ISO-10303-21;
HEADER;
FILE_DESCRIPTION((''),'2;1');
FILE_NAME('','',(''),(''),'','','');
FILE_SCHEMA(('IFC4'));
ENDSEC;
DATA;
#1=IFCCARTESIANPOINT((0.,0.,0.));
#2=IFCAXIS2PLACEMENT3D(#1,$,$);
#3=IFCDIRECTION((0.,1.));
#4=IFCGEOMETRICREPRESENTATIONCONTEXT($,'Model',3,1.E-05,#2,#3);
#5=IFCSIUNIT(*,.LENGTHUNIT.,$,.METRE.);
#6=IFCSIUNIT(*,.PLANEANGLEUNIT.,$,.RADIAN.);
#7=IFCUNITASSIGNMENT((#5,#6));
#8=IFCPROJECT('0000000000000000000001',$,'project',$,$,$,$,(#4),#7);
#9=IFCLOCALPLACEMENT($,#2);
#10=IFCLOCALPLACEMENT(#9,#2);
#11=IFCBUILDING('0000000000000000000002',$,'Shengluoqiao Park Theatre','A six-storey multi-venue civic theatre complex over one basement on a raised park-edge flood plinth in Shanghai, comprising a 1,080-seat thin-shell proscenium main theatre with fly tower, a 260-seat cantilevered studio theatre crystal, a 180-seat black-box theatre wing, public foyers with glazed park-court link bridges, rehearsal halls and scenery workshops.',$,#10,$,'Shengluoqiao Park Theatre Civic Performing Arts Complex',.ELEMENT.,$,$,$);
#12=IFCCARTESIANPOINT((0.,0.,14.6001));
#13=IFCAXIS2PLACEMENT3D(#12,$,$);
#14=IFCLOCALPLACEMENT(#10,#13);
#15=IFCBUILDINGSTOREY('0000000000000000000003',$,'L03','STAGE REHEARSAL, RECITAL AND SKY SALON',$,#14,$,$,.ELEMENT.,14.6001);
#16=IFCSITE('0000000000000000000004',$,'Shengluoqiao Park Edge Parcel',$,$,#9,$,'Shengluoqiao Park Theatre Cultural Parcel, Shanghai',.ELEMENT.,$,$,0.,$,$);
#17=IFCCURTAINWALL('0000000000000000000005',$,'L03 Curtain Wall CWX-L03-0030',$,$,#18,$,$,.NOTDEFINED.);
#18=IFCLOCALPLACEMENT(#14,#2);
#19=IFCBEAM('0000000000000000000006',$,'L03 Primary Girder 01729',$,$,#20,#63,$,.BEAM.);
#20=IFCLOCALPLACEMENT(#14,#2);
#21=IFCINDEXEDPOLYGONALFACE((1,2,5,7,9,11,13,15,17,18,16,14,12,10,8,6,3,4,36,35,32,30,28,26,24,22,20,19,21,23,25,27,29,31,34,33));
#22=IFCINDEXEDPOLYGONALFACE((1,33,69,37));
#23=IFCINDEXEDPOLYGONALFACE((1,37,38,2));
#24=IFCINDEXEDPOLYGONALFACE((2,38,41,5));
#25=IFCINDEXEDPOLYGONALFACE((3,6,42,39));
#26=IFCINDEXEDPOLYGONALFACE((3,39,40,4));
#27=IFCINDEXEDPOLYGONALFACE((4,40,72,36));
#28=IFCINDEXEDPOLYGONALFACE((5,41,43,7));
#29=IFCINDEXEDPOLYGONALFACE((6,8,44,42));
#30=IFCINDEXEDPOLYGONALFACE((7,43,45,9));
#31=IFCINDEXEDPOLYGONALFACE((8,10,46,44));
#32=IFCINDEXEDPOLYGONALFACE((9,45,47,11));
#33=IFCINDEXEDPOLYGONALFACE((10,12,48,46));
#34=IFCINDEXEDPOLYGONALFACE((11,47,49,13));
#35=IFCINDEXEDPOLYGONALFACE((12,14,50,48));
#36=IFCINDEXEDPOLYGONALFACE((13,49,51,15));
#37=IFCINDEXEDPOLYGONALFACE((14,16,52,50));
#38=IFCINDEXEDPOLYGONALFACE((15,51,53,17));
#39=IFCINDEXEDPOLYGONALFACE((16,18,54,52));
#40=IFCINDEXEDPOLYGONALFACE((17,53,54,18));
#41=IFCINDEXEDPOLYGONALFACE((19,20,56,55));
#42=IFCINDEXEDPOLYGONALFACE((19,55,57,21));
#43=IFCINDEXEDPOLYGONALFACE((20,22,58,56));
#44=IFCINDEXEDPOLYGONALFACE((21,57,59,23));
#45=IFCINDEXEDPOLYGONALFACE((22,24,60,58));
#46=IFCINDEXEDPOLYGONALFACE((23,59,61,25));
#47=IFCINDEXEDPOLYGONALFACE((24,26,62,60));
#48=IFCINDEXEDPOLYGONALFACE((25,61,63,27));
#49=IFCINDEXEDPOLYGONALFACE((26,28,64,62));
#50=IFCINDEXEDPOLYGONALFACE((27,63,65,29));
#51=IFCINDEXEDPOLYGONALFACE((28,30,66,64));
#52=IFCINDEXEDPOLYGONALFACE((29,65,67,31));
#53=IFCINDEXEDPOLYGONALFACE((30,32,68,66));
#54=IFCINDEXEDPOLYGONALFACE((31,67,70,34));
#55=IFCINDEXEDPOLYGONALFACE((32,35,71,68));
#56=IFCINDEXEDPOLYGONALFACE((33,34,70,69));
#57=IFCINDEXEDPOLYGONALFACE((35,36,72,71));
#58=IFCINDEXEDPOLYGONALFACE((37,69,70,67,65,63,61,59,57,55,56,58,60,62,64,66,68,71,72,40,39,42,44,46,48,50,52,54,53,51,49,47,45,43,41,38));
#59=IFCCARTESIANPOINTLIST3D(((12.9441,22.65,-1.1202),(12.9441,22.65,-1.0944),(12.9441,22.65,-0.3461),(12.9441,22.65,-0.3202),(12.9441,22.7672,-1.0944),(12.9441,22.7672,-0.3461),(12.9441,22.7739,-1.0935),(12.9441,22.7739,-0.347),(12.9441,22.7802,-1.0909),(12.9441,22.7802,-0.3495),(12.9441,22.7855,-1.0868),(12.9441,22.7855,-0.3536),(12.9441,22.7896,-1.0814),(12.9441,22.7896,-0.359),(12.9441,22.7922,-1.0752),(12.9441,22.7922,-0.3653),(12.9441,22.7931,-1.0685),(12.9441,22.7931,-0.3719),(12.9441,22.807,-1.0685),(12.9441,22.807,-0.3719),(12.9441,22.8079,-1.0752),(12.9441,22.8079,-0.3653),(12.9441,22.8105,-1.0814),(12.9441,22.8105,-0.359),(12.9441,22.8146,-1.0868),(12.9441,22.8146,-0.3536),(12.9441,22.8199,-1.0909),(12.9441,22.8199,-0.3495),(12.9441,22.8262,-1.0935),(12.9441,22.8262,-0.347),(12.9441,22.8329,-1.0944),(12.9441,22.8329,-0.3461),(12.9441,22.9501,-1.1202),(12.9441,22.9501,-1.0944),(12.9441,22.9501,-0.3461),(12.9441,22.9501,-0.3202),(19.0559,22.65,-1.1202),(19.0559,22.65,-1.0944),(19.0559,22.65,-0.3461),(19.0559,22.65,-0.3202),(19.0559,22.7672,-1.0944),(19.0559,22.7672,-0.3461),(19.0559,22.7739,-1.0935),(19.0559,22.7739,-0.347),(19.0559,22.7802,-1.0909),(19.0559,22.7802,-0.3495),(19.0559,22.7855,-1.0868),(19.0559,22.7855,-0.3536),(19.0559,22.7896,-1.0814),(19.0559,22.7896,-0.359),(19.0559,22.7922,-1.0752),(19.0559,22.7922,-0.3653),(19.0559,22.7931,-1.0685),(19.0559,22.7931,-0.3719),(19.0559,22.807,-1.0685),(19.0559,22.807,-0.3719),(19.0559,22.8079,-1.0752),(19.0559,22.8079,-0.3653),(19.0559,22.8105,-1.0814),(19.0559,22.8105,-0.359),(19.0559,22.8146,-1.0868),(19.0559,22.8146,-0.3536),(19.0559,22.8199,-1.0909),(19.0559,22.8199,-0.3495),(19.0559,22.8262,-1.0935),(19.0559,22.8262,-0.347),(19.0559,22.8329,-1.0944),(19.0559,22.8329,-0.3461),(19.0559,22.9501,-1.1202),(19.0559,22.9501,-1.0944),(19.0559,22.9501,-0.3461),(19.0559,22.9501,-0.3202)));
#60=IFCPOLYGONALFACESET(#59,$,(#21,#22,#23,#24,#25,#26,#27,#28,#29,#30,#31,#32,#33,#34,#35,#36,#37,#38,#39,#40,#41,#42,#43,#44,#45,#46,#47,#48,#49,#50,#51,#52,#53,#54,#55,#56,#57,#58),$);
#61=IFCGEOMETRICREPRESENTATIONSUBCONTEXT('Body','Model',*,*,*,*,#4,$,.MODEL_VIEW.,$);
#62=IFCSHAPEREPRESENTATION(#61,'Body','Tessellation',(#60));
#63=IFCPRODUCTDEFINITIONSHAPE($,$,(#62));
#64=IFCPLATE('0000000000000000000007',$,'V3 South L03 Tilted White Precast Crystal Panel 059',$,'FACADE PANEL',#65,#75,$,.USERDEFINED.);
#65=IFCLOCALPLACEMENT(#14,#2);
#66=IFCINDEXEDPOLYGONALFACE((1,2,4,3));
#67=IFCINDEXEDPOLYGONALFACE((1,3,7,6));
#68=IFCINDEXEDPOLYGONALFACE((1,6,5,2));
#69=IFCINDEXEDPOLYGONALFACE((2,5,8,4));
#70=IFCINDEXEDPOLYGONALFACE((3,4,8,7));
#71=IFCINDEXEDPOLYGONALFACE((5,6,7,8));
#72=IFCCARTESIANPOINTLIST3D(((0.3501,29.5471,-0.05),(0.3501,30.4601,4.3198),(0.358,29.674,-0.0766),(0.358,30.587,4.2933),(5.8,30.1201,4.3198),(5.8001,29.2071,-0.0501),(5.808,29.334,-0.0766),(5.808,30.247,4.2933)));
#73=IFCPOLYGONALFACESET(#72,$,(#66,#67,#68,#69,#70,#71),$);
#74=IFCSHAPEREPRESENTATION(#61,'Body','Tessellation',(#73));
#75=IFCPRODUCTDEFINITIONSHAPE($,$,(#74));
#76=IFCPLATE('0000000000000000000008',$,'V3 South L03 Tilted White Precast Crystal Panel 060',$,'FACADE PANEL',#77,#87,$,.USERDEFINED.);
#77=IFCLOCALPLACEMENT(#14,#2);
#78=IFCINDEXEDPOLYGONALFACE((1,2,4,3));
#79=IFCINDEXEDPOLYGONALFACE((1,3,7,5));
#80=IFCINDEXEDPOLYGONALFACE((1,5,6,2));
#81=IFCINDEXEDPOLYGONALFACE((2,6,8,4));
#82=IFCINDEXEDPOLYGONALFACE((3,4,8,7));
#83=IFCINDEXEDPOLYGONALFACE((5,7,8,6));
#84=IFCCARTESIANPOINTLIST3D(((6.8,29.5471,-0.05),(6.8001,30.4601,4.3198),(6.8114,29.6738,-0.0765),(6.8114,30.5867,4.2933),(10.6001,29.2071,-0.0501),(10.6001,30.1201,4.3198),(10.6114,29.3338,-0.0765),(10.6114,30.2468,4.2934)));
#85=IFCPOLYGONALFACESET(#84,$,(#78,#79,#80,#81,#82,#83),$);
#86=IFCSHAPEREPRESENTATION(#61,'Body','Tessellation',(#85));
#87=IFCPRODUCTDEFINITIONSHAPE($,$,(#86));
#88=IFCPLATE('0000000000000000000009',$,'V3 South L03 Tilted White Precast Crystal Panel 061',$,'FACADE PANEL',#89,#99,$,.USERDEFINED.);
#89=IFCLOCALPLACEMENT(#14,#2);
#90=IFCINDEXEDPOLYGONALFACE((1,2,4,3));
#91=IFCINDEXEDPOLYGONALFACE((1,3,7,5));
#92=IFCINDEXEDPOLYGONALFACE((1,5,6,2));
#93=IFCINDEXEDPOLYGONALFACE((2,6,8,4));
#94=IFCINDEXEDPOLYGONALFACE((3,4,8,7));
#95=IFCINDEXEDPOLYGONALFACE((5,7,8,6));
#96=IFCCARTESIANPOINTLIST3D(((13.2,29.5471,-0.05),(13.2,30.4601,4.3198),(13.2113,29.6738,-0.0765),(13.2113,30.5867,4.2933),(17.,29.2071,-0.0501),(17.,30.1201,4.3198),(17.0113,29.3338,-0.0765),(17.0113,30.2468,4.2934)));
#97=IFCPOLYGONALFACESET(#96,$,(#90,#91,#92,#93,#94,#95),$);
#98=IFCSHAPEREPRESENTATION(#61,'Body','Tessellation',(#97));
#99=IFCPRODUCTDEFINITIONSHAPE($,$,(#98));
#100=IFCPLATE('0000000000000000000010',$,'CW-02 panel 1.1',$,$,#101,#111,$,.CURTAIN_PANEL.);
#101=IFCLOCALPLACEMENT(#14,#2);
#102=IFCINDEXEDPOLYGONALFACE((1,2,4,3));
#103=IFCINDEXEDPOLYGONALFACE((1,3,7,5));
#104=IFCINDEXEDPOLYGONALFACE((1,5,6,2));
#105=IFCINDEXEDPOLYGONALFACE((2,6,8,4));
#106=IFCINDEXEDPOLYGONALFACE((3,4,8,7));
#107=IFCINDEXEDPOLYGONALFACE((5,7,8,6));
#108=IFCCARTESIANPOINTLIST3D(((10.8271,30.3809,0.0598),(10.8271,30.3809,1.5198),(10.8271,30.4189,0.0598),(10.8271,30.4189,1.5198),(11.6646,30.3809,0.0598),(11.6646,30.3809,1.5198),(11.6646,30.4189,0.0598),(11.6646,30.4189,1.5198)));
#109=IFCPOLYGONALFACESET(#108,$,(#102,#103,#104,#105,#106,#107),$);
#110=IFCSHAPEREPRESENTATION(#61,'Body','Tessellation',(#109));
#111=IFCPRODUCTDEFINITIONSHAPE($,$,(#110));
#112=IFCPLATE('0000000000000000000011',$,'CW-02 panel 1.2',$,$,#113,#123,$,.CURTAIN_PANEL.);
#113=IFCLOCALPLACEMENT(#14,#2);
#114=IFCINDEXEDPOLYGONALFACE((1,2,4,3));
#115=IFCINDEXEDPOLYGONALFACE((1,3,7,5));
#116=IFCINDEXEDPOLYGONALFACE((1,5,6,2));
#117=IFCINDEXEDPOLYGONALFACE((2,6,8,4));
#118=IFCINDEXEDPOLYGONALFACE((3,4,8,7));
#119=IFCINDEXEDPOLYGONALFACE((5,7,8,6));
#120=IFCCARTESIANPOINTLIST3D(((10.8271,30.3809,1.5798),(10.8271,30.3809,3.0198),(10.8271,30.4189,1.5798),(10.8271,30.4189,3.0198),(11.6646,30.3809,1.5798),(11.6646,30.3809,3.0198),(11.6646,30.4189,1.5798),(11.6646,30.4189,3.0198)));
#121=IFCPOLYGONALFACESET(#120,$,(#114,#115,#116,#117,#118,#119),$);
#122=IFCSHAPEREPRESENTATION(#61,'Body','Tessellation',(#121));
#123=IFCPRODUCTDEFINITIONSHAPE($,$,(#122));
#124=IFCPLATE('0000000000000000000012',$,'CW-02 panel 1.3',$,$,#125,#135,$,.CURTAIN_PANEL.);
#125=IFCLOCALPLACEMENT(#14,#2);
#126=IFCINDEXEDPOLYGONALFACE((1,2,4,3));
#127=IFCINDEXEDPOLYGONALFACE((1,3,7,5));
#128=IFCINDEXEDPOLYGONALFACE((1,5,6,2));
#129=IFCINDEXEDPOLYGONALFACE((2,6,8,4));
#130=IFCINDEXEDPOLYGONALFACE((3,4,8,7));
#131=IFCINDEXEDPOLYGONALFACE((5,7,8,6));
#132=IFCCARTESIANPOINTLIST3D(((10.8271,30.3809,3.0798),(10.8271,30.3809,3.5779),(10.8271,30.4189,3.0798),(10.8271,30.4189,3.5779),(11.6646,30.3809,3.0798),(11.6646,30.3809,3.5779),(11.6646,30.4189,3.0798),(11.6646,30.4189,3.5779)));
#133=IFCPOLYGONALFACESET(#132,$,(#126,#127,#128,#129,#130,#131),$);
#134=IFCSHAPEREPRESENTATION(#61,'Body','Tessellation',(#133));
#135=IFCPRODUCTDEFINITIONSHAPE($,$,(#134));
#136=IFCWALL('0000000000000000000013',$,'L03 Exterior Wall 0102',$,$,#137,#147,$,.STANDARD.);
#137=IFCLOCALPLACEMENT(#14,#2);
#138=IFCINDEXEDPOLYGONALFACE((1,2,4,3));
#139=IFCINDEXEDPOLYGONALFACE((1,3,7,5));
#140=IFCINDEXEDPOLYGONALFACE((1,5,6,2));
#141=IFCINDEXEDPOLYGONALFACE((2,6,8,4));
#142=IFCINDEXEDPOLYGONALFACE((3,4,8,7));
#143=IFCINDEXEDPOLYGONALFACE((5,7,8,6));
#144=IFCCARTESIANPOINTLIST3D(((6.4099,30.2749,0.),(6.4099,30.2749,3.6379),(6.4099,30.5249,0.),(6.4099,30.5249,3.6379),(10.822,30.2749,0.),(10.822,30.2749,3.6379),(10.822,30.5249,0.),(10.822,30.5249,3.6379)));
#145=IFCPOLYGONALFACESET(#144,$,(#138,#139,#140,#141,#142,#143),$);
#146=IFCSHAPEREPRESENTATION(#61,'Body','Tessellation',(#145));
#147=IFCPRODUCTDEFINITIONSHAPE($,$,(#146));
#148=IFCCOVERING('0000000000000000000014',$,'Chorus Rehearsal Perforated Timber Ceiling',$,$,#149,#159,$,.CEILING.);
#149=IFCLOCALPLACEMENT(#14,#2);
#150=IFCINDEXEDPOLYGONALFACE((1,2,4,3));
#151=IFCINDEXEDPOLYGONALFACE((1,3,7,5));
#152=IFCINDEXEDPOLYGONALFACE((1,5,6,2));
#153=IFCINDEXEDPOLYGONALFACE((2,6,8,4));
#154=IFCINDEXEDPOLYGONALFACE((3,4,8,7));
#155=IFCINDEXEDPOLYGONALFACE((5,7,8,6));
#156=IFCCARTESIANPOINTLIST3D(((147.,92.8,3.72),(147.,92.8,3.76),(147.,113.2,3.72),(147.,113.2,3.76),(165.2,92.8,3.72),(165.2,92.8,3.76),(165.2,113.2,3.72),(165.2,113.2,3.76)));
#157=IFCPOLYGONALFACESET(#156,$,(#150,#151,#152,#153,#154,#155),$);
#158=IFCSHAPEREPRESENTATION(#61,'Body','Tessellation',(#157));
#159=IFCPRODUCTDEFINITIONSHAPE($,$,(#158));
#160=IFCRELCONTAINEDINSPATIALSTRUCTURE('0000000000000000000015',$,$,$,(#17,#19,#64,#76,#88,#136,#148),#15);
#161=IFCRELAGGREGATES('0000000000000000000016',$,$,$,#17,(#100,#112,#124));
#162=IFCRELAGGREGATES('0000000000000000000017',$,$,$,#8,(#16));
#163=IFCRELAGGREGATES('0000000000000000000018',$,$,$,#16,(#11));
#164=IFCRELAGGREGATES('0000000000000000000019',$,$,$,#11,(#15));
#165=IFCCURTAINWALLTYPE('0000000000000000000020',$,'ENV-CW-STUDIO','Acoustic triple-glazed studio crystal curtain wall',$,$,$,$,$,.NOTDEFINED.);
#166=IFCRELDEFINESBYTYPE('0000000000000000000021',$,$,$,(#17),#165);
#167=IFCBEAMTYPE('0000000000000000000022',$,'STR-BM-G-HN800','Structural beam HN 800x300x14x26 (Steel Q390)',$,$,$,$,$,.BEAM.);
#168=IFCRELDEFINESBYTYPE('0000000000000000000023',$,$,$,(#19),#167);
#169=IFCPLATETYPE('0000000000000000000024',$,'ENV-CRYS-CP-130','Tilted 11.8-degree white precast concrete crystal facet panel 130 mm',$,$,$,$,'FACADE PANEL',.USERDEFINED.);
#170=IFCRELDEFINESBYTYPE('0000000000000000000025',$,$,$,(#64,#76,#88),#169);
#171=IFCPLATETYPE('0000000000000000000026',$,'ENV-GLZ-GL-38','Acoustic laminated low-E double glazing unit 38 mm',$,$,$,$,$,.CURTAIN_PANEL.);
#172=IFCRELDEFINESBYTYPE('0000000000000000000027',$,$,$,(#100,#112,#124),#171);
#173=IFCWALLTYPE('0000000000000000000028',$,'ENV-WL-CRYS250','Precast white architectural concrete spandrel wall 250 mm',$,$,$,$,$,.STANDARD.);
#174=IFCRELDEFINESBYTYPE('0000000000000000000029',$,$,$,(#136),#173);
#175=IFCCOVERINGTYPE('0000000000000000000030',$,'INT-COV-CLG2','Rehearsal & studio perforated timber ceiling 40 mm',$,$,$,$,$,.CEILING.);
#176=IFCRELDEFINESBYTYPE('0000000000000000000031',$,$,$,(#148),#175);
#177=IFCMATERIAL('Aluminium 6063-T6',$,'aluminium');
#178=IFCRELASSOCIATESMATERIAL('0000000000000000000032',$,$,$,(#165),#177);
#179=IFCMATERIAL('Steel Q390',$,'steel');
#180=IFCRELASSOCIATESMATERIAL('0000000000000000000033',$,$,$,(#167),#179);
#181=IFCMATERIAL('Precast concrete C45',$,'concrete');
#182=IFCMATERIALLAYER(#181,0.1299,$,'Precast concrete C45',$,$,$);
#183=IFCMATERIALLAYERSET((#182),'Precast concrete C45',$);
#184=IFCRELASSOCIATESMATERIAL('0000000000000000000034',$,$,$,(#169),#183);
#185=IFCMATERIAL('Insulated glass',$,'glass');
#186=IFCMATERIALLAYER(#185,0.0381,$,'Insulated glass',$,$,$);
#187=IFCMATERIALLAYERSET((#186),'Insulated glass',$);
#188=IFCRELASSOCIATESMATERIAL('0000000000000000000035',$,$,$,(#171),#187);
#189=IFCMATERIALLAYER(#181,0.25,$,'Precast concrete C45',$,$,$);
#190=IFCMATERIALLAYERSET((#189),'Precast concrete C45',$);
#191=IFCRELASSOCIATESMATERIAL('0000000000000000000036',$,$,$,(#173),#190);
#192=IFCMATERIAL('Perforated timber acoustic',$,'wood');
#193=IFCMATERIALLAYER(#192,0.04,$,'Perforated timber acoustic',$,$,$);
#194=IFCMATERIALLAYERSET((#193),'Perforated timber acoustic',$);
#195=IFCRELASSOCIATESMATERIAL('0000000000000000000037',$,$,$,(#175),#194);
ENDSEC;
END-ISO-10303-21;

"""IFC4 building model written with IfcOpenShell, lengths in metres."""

from ifc_helpers import new_model, si_unit, direction, frame, frame_2d, origin, origin_2d, place, context, subcontext, project, spatial, polyline, rectangle, i_section, outline, extrude, material, layer, layer_set, material_profile, profile_set, type_object, element, aggregate, save


model = new_model("IFC4")

# Units and contexts
model_context = context("Model", 3, precision=1e-05, world=origin(), true_north=direction((0.0, 1.0)))
body_context = subcontext(model_context, "Body", "Model", "MODEL_VIEW")
ifc_project = project(units=[si_unit("LENGTHUNIT", "METRE"), si_unit("PLANEANGLEUNIT", "RADIAN")], contexts=[model_context])

# Site, building, storey
site_placement = place(None, origin())
site = spatial("IfcSite", under=ifc_project, at=site_placement, Name="Shengluoqiao Park Edge Parcel", LongName="Shengluoqiao Park Theatre Cultural Parcel, Shanghai", CompositionType="ELEMENT", RefElevation=0.0)
building_placement = place(site_placement, origin())
building = spatial("IfcBuilding", under=site, at=building_placement, Name="Shengluoqiao Park Theatre", Description="A six-storey multi-venue civic theatre complex over one basement on a raised park-edge flood plinth in Shanghai, comprising a 1,080-seat thin-shell proscenium main theatre with fly tower, a 260-seat cantilevered studio theatre crystal, a 180-seat black-box theatre wing, public foyers with glazed park-court link bridges, rehearsal halls and scenery workshops.", LongName="Shengluoqiao Park Theatre Civic Performing Arts Complex", CompositionType="ELEMENT")
storey_placement = place(building_placement, frame((0.0, 0.0, 14.6001)))
storey = spatial("IfcBuildingStorey", under=building, at=storey_placement, Name="L03", Description="STAGE REHEARSAL, RECITAL AND SKY SALON", CompositionType="ELEMENT", Elevation=14.6001)

# Curtain wall
ifc_material_1 = material(Name="Aluminium 6063-T6", Category="aluminium")
curtain_wall_type = type_object("IfcCurtainWallType", Name="ENV-CW-STUDIO", Description="Acoustic triple-glazed studio crystal curtain wall", PredefinedType="NOTDEFINED", material=ifc_material_1)
curtain_wall_placement = place(storey_placement, origin())
curtain_wall = element("IfcCurtainWall", 1, at=curtain_wall_placement, inside=storey, type_object=curtain_wall_type, Name="L03 Curtain Wall CWX-L03-0030", PredefinedType="NOTDEFINED")

# Beam
ifc_material_2 = material(Name="Steel Q390", Category="steel")
ifc_material_profile_1 = material_profile(ifc_material_2, i_section(OverallWidth=0.3, OverallDepth=0.8, WebThickness=0.0139, FlangeThickness=0.0259, FilletRadius=0.0259, at=origin_2d()), Name="HN 800x300x14x26")
ifc_profile_set_1 = profile_set([ifc_material_profile_1], Name="Steel Q390")
beam_type_1 = type_object("IfcBeamType", Name="STR-BM-G-HN800", Description="Structural beam HN 800x300x14x26 (Steel Q390)", PredefinedType="BEAM", material=ifc_profile_set_1)
beam_1_placement = place(storey_placement, frame((12.9441, 22.8, -0.7202), z_axis=(1.0, 0.0, 0.0), x_axis=(0.0, 1.0, 0.0)))
element("IfcBeam", 2, at=beam_1_placement, inside=storey, type_object=beam_type_1, Name="L03 Primary Girder 01729", PredefinedType="BEAM", context=body_context, shape_type="SweptSolid", body=[
    extrude(i_section(OverallWidth=0.3, OverallDepth=0.8, WebThickness=0.0139, FlangeThickness=0.0259, FilletRadius=0.0259, at=origin_2d()), origin(), (0.0, 0.0, 1.0), 6.1118),
])

# Plates
ifc_material_3 = material(Name="Precast concrete C45", Category="concrete")
ifc_layer_1 = layer(ifc_material_3, 0.1299, Name="Precast concrete C45")
ifc_layer_set_1 = layer_set([ifc_layer_1], Name="Precast concrete C45")
plate_type_1 = type_object("IfcPlateType", Name="ENV-CRYS-CP-130", Description="Tilted 11.8-degree white precast concrete crystal facet panel 130 mm", ElementType="FACADE PANEL", PredefinedType="USERDEFINED", material=ifc_layer_set_1)
plate_1_placement = place(storey_placement, frame((0.3501, 29.5471, -0.05), z_axis=(-0.060948, -0.977045, 0.204127), x_axis=(0.99806, -0.06226, -0.000004)))
element("IfcPlate", 3, at=plate_1_placement, inside=storey, type_object=plate_type_1, Name="V3 South L03 Tilted White Precast Crystal Panel 059", ObjectType="FACADE PANEL", PredefinedType="USERDEFINED", context=body_context, shape_type="SweptSolid", body=[
    extrude(outline(polyline([(0.0, 0.0), (5.4606, 0.0), (5.4037, 4.4639), (-0.0569, 4.4638), (0.0, 0.0)])), origin(), (0.0, 0.0, -1.0), 0.1299),
])
for number, where, z_axis, x_axis, name in (
    (4, (6.8, 29.5471, -0.05), (-0.087239, -0.975133, 0.203727), (0.996022, -0.089109, -0.000006), "V3 South L03 Tilted White Precast Crystal Panel 060"),
    (5, (13.2, 29.5471, -0.05), (-0.087239, -0.975133, 0.203727), (0.996022, -0.089109, -0.000006), "V3 South L03 Tilted White Precast Crystal Panel 061"),
):
    element("IfcPlate", number, at=place(storey_placement, frame(where, z_axis=z_axis, x_axis=x_axis)), inside=storey, type_object=plate_type_1, Name=name, ObjectType="FACADE PANEL", PredefinedType="USERDEFINED", context=body_context, shape_type="SweptSolid", body=[
        extrude(outline(polyline([(0.0, 0.0), (3.8152, 0.0), (3.7338, 4.4635), (-0.0814, 4.4635), (0.0, 0.0)])), origin(), (0.0, 0.0, -1.0), 0.1299),
    ])

# Plates
ifc_material_4 = material(Name="Insulated glass", Category="glass")
ifc_layer_2 = layer(ifc_material_4, 0.0381, Name="Insulated glass")
ifc_layer_set_2 = layer_set([ifc_layer_2], Name="Insulated glass")
plate_type_2 = type_object("IfcPlateType", Name="ENV-GLZ-GL-38", Description="Acoustic laminated low-E double glazing unit 38 mm", PredefinedType="CURTAIN_PANEL", material=ifc_layer_set_2)
plate_2_placement = place(storey_placement, frame((11.2458, 30.3999, 0.0598), z_axis=(0.0, 0.0, 1.0), x_axis=(1.0, 0.0, 0.0)))
plate_2 = element("IfcPlate", 6, at=plate_2_placement, type_object=plate_type_2, Name="CW-02 panel 1.1", PredefinedType="CURTAIN_PANEL", context=body_context, shape_type="SweptSolid", body=[
    extrude(rectangle(XDim=0.8374, YDim=0.0381, at=origin_2d()), origin(), (0.0, 0.0, 1.0), 1.46),
])
plate_3_placement = place(storey_placement, frame((11.2458, 30.3999, 1.5798), z_axis=(0.0, 0.0, 1.0), x_axis=(1.0, 0.0, 0.0)))
plate_3 = element("IfcPlate", 7, at=plate_3_placement, type_object=plate_type_2, Name="CW-02 panel 1.2", PredefinedType="CURTAIN_PANEL", context=body_context, shape_type="SweptSolid", body=[
    extrude(rectangle(XDim=0.8374, YDim=0.0381, at=origin_2d()), origin(), (0.0, 0.0, 1.0), 1.4399),
])
plate_4_placement = place(storey_placement, frame((11.2458, 30.3999, 3.0798), z_axis=(0.0, 0.0, 1.0), x_axis=(1.0, 0.0, 0.0)))
plate_4 = element("IfcPlate", 8, at=plate_4_placement, type_object=plate_type_2, Name="CW-02 panel 1.3", PredefinedType="CURTAIN_PANEL", context=body_context, shape_type="SweptSolid", body=[
    extrude(rectangle(XDim=0.8374, YDim=0.0381, at=origin_2d()), origin(), (0.0, 0.0, 1.0), 0.498),
])
aggregate(curtain_wall, [plate_2, plate_3, plate_4])

# Wall
ifc_layer_3 = layer(ifc_material_3, 0.25, Name="Precast concrete C45")
ifc_layer_set_3 = layer_set([ifc_layer_3], Name="Precast concrete C45")
wall_type = type_object("IfcWallType", Name="ENV-WL-CRYS250", Description="Precast white architectural concrete spandrel wall 250 mm", PredefinedType="STANDARD", material=ifc_layer_set_3)
wall_placement = place(storey_placement, frame((6.4099, 30.3999, 0.0), z_axis=(0.0, 0.0, 1.0), x_axis=(1.0, 0.0, 0.0)))
element("IfcWall", 9, at=wall_placement, inside=storey, type_object=wall_type, Name="L03 Exterior Wall 0102", PredefinedType="STANDARD", context=body_context, shape_type="SweptSolid", body=[
    extrude(rectangle(XDim=4.4121, YDim=0.25, at=frame_2d((2.2061, 0.0))), origin(), (0.0, 0.0, 1.0), 3.6379),
])

# Covering
ifc_material_5 = material(Name="Perforated timber acoustic", Category="wood")
ifc_layer_4 = layer(ifc_material_5, 0.04, Name="Perforated timber acoustic")
ifc_layer_set_4 = layer_set([ifc_layer_4], Name="Perforated timber acoustic")
covering_type = type_object("IfcCoveringType", Name="INT-COV-CLG2", Description="Rehearsal & studio perforated timber ceiling 40 mm", PredefinedType="CEILING", material=ifc_layer_set_4)
covering_placement = place(storey_placement, frame((0.0, 0.0, 3.72)))
element("IfcCovering", 10, at=covering_placement, inside=storey, type_object=covering_type, Name="Chorus Rehearsal Perforated Timber Ceiling", PredefinedType="CEILING", context=body_context, shape_type="SweptSolid", body=[
    extrude(outline(polyline([(147.0, 92.8), (165.2, 92.8), (165.2, 113.2), (147.0, 113.2), (147.0, 92.8)])), origin(), (0.0, 0.0, 1.0), 0.04),
])

save(model, "model.ifc")
